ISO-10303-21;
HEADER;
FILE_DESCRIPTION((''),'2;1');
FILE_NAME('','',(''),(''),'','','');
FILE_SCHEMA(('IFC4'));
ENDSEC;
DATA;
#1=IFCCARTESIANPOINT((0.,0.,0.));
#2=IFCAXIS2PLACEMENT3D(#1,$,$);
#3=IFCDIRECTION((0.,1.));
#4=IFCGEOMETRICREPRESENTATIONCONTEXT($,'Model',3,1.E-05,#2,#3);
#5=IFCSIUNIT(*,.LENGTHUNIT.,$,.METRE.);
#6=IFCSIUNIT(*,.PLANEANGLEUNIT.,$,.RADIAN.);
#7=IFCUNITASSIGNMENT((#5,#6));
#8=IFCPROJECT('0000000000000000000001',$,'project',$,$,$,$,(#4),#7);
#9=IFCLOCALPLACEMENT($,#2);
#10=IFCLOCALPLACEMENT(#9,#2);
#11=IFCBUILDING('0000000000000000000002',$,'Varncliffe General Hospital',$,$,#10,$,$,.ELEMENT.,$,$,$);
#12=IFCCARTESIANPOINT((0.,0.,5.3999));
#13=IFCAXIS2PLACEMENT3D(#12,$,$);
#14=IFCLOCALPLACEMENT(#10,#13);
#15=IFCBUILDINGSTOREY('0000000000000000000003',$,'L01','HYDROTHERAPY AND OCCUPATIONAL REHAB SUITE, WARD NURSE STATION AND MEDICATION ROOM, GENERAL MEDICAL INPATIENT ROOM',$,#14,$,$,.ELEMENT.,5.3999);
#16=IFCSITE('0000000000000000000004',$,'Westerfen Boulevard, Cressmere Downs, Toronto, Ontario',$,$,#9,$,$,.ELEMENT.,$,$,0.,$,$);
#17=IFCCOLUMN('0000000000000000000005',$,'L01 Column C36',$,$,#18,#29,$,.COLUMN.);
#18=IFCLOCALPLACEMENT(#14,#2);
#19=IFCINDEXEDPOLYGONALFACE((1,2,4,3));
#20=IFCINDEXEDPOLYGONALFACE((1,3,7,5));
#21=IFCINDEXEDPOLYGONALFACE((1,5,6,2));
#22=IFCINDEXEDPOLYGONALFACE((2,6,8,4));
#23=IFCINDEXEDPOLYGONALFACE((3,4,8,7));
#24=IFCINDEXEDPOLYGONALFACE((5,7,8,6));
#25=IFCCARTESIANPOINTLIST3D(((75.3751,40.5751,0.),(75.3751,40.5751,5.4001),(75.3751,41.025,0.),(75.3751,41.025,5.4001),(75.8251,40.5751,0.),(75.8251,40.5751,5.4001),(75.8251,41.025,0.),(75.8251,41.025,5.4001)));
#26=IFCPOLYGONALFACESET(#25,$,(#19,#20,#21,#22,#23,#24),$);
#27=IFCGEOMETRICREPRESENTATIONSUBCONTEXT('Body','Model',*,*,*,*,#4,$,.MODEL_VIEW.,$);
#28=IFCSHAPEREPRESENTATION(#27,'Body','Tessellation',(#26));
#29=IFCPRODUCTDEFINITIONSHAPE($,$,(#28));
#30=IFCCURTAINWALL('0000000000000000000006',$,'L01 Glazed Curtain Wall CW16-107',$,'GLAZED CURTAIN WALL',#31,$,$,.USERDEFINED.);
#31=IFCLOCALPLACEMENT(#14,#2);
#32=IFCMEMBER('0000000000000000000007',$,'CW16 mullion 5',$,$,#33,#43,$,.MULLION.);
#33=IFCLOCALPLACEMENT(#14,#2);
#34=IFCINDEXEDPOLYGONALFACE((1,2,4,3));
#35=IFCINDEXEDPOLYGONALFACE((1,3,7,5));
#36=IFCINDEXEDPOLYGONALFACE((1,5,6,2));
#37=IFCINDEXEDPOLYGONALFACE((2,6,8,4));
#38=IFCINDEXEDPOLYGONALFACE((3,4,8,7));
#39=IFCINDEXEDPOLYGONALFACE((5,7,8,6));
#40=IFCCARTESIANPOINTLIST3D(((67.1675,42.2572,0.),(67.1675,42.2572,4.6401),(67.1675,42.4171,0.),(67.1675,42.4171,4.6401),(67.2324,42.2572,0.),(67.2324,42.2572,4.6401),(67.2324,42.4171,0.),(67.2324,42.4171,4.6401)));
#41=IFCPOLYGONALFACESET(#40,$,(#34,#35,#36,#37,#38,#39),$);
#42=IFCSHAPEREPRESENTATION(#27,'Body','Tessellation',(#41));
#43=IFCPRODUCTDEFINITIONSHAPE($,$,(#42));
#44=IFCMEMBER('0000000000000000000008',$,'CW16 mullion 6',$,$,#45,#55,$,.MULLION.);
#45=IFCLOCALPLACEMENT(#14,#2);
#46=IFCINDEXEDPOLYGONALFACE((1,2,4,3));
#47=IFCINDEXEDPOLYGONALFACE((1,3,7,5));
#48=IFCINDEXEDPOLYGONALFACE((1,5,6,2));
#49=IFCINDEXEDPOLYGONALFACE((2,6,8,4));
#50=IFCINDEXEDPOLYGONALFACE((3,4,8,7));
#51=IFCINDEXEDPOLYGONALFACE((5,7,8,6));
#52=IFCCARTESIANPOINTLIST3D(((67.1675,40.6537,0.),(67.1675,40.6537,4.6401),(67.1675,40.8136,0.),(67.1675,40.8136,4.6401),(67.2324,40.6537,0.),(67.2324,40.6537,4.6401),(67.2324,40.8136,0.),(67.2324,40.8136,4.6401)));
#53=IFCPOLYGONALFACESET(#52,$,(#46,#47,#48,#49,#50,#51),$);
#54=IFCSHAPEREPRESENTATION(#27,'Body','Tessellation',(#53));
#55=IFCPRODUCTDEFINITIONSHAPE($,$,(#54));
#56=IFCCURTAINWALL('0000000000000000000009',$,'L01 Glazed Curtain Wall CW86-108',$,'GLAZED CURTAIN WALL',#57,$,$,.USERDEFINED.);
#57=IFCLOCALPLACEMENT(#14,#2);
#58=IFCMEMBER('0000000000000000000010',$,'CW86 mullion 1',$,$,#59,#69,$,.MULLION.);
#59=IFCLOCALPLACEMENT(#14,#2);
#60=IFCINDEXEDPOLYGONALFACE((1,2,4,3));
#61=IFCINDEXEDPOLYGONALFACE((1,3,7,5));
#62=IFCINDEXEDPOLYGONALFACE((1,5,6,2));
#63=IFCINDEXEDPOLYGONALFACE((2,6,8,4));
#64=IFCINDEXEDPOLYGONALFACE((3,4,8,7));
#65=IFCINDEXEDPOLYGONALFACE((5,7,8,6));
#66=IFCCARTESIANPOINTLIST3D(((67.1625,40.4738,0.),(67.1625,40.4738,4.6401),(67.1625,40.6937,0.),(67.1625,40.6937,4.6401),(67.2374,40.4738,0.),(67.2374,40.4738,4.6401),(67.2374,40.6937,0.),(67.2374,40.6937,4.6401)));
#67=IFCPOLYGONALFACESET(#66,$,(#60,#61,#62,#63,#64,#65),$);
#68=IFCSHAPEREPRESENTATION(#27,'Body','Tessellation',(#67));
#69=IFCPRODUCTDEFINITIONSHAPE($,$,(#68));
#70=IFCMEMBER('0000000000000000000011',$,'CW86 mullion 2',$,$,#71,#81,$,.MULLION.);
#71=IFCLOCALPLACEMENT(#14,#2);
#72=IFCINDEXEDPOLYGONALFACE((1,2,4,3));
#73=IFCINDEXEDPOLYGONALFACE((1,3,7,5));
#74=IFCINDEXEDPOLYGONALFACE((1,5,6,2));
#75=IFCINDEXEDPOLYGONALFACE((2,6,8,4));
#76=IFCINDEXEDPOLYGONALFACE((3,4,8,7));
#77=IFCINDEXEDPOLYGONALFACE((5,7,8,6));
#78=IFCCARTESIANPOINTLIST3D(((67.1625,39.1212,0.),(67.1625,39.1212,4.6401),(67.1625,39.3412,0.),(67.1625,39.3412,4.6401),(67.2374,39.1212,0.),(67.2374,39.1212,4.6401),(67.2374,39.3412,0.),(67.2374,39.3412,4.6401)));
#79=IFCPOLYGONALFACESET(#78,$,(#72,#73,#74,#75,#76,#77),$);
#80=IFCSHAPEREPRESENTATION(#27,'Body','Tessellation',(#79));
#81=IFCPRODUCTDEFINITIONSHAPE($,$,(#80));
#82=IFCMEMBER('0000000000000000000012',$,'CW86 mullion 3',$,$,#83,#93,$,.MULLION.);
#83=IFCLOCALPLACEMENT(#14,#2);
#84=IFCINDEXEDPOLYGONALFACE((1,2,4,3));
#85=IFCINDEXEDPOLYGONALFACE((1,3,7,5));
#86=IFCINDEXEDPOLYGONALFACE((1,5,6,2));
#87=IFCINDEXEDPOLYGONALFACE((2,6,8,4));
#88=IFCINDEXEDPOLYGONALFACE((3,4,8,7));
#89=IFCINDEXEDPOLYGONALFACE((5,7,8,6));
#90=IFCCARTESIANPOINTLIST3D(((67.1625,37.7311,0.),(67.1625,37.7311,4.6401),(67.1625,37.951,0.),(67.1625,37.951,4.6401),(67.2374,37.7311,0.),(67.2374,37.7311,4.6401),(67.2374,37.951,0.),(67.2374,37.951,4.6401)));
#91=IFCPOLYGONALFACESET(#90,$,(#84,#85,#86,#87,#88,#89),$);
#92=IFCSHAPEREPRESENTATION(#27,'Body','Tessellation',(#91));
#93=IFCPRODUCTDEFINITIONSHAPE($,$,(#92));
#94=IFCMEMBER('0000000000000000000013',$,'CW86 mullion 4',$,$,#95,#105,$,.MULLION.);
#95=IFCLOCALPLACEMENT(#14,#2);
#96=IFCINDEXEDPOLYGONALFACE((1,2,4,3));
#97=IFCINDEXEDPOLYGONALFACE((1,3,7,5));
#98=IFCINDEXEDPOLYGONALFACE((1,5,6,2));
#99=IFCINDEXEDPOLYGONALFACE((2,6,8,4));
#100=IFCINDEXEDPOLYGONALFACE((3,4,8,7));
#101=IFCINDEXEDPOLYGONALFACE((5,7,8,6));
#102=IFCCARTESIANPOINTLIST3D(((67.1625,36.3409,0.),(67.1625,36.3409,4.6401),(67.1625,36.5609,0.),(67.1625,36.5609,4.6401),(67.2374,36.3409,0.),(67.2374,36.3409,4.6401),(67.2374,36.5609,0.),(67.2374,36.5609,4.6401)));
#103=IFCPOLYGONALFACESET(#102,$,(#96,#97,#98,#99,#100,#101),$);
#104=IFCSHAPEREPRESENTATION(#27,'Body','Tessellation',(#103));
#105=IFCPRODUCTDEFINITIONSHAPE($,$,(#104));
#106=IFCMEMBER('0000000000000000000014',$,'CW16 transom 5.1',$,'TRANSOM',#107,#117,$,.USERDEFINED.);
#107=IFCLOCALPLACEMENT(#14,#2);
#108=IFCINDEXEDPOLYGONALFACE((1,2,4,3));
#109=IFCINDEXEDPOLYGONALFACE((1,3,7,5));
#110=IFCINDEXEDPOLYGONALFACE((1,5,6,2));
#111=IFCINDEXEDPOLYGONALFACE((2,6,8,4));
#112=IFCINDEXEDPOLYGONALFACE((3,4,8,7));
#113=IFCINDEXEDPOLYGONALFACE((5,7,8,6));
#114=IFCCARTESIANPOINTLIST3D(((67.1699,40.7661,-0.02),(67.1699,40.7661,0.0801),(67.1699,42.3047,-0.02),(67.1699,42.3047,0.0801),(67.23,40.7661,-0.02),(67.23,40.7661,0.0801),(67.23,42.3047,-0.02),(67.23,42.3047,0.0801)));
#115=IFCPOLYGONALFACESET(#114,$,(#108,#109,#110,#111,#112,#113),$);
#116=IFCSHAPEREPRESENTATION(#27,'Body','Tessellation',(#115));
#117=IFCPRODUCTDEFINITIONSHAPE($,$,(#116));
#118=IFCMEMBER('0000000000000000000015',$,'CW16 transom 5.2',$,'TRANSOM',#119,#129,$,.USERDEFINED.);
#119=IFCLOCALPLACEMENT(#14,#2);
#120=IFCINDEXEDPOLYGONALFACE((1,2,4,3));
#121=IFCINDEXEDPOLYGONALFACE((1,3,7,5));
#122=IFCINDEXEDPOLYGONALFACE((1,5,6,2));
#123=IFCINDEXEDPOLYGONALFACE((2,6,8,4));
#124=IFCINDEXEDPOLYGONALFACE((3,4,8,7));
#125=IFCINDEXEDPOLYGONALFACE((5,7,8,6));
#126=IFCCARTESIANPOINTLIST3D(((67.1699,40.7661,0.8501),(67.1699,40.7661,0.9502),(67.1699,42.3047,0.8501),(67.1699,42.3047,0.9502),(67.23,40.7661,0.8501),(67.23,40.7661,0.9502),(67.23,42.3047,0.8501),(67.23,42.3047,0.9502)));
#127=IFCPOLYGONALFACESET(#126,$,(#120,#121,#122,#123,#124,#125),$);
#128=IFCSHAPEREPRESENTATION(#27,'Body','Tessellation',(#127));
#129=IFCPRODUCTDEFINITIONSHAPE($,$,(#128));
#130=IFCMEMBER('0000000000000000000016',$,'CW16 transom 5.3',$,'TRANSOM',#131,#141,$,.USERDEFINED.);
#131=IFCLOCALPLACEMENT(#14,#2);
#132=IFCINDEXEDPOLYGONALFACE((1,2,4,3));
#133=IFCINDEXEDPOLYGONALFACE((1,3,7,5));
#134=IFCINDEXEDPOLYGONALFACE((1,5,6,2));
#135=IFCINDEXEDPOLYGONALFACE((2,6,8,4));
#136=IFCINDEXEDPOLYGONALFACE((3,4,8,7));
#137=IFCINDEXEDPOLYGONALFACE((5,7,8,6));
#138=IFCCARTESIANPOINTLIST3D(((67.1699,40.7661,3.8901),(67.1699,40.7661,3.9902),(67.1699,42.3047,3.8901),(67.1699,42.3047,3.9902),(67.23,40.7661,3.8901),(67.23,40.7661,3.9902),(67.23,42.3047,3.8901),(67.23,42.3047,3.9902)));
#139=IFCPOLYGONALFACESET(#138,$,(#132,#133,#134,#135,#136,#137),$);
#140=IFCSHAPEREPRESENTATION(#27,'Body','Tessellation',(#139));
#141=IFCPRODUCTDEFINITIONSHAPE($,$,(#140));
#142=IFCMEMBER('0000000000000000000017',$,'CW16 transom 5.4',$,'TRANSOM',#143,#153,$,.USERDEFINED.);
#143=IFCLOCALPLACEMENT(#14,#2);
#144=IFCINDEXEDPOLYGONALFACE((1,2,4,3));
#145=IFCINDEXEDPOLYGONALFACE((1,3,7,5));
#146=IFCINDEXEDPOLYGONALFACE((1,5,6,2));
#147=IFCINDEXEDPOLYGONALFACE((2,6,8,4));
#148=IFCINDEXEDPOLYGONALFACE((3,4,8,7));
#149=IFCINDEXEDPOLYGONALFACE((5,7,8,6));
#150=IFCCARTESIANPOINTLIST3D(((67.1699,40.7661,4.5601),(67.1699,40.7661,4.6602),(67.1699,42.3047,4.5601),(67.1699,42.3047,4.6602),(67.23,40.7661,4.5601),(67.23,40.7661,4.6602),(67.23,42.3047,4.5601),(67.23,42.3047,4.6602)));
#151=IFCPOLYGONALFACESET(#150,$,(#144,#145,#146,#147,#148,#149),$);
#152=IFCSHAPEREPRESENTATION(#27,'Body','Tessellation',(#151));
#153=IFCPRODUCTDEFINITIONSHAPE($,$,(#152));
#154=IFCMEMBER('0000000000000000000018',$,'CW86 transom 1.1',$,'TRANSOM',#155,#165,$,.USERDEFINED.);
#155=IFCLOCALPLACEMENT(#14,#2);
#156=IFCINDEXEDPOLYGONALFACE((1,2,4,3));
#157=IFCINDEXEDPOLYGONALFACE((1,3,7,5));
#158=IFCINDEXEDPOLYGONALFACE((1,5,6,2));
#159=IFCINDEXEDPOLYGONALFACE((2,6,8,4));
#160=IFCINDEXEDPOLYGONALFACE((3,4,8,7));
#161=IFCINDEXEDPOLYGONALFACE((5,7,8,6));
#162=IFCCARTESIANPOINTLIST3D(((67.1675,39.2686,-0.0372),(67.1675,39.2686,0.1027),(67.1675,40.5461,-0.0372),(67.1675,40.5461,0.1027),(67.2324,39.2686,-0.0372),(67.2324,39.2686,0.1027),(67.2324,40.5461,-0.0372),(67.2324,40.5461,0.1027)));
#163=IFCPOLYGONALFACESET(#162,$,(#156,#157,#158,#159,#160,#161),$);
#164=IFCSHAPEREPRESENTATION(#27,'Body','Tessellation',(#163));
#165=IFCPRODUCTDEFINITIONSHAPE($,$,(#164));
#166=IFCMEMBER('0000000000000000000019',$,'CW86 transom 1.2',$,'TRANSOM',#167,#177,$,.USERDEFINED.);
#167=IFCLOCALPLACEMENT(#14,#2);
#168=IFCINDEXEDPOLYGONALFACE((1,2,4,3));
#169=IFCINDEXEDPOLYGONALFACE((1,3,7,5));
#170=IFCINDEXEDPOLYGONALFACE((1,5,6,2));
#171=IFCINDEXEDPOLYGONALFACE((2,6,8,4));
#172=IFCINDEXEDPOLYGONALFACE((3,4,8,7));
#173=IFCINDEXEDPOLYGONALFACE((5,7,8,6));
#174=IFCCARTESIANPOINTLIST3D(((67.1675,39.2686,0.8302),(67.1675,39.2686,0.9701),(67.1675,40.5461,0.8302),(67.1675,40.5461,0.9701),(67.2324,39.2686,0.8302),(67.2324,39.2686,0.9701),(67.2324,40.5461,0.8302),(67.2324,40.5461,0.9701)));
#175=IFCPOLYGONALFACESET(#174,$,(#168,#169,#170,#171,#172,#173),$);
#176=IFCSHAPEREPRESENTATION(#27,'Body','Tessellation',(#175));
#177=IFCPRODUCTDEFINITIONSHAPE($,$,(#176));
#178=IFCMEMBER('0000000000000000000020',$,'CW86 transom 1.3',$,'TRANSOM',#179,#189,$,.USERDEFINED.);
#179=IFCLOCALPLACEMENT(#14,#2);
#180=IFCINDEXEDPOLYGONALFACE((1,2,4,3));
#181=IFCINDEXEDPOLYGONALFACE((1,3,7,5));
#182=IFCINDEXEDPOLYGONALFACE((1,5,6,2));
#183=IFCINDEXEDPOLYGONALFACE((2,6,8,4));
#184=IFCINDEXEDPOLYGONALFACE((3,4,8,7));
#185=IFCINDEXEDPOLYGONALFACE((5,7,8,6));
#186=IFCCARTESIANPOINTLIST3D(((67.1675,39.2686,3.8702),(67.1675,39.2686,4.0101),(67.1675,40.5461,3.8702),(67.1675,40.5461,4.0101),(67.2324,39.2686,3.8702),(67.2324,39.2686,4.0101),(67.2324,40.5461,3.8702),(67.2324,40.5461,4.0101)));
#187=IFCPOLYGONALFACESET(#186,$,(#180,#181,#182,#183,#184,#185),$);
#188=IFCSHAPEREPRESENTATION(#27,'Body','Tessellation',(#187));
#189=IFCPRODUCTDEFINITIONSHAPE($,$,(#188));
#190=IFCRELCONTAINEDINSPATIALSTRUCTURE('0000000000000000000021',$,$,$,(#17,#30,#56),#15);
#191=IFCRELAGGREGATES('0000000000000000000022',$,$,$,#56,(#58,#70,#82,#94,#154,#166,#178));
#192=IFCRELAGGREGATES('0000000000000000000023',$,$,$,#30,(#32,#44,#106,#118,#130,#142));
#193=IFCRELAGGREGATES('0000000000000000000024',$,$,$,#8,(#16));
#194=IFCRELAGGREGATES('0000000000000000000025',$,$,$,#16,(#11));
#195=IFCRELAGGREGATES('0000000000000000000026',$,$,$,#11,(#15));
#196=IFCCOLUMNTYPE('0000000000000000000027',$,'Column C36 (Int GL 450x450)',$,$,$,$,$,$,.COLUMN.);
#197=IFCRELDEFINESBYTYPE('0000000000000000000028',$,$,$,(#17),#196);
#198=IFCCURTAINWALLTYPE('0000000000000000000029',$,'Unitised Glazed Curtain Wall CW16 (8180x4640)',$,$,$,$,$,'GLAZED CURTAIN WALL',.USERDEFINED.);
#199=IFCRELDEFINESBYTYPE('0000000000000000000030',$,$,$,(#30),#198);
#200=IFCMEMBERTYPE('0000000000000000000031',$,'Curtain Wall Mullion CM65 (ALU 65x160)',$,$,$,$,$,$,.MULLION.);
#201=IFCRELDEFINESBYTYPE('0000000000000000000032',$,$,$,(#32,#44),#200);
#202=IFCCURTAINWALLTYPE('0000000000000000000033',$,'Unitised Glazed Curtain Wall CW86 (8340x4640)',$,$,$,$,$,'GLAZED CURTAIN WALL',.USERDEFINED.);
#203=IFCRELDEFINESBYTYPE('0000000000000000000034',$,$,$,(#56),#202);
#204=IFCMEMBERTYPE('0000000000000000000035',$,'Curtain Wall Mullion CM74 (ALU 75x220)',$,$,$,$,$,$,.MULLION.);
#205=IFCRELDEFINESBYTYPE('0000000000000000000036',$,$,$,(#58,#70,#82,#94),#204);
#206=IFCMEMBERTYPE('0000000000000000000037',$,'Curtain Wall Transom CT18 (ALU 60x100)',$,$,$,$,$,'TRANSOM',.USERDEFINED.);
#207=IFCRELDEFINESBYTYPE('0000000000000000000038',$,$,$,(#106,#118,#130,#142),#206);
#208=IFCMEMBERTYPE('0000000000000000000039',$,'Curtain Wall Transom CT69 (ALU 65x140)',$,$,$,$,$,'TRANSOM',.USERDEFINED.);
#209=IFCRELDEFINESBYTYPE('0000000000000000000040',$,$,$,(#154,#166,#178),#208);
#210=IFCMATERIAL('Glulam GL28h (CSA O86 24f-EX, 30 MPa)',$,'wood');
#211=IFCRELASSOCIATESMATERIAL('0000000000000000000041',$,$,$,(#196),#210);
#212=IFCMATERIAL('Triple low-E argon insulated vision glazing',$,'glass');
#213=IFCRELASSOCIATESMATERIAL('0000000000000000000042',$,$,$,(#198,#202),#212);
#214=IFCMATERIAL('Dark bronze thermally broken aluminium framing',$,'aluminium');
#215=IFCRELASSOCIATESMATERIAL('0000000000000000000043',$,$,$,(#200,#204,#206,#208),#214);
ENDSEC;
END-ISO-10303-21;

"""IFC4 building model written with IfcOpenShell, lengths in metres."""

from ifc_helpers import new_model, si_unit, direction, frame, origin, origin_2d, place, context, subcontext, project, spatial, rectangle, extrude, material, material_profile, profile_set, type_object, element, aggregate, save


model = new_model("IFC4")

# Units and contexts
model_context = context("Model", 3, precision=1e-05, world=origin(), true_north=direction((0.0, 1.0)))
body_context = subcontext(model_context, "Body", "Model", "MODEL_VIEW")
ifc_project = project(units=[si_unit("LENGTHUNIT", "METRE"), si_unit("PLANEANGLEUNIT", "RADIAN")], contexts=[model_context])

# Site, building, storey
site_placement = place(None, origin())
site = spatial("IfcSite", under=ifc_project, at=site_placement, Name="Westerfen Boulevard, Cressmere Downs, Toronto, Ontario", CompositionType="ELEMENT", RefElevation=0.0)
building_placement = place(site_placement, origin())
building = spatial("IfcBuilding", under=site, at=building_placement, Name="Varncliffe General Hospital", CompositionType="ELEMENT")
storey_placement = place(building_placement, frame((0.0, 0.0, 5.3999)))
storey = spatial("IfcBuildingStorey", under=building, at=storey_placement, Name="L01", Description="HYDROTHERAPY AND OCCUPATIONAL REHAB SUITE, WARD NURSE STATION AND MEDICATION ROOM, GENERAL MEDICAL INPATIENT ROOM", CompositionType="ELEMENT", Elevation=5.3999)

# Column
ifc_material_1 = material(Name="Glulam GL28h (CSA O86 24f-EX, 30 MPa)", Category="wood")
ifc_material_profile_1 = material_profile(ifc_material_1, rectangle(XDim=0.45, YDim=0.45, at=origin_2d()), Name="GL 450x450")
ifc_profile_set_1 = profile_set([ifc_material_profile_1], Name="Glulam GL28h (CSA O86 24f-EX, 30 MPa)")
column_type = type_object("IfcColumnType", Name="Column C36 (Int GL 450x450)", PredefinedType="COLUMN", material=ifc_profile_set_1)
column_placement = place(storey_placement, frame((75.6001, 40.8, 0.0), z_axis=(0.0, 0.0, 1.0), x_axis=(1.0, 0.0, 0.0)))
element("IfcColumn", 1, at=column_placement, inside=storey, type_object=column_type, Name="L01 Column C36", PredefinedType="COLUMN", context=body_context, shape_type="SweptSolid", body=[
    extrude(rectangle(XDim=0.45, YDim=0.45, at=origin_2d()), origin(), (0.0, 0.0, 1.0), 5.4001),
])

# Curtain walls, members
ifc_material_2 = material(Name="Triple low-E argon insulated vision glazing", Category="glass")
curtain_wall_type_1 = type_object("IfcCurtainWallType", Name="Unitised Glazed Curtain Wall CW16 (8180x4640)", ElementType="GLAZED CURTAIN WALL", PredefinedType="USERDEFINED", material=ifc_material_2)
curtain_wall_1_placement = place(storey_placement, origin())
curtain_wall_1 = element("IfcCurtainWall", 2, at=curtain_wall_1_placement, inside=storey, type_object=curtain_wall_type_1, Name="L01 Glazed Curtain Wall CW16-107", ObjectType="GLAZED CURTAIN WALL", PredefinedType="USERDEFINED")
ifc_material_3 = material(Name="Dark bronze thermally broken aluminium framing", Category="aluminium")
ifc_material_profile_2 = material_profile(ifc_material_3, rectangle(XDim=0.0649, YDim=0.1599, at=origin_2d()), Name="ALU 65x160")
ifc_profile_set_2 = profile_set([ifc_material_profile_2], Name="Dark bronze thermally broken aluminium framing")
member_type_1 = type_object("IfcMemberType", Name="Curtain Wall Mullion CM65 (ALU 65x160)", PredefinedType="MULLION", material=ifc_profile_set_2)
member_1_placement = place(storey_placement, frame((67.2, 42.3372, 0.0), z_axis=(0.0, 0.0, 1.0), x_axis=(1.0, 0.0, 0.0)))
member_1 = element("IfcMember", 3, at=member_1_placement, type_object=member_type_1, Name="CW16 mullion 5", PredefinedType="MULLION", context=body_context, shape_type="SweptSolid", body=[
    extrude(rectangle(XDim=0.0649, YDim=0.1599, at=origin_2d()), origin(), (0.0, 0.0, 1.0), 4.6401),
])
member_2_placement = place(storey_placement, frame((67.2, 40.7336, 0.0), z_axis=(0.0, 0.0, 1.0), x_axis=(1.0, 0.0, 0.0)))
member_2 = element("IfcMember", 4, at=member_2_placement, type_object=member_type_1, Name="CW16 mullion 6", PredefinedType="MULLION", context=body_context, shape_type="SweptSolid", body=[
    extrude(rectangle(XDim=0.0649, YDim=0.1599, at=origin_2d()), origin(), (0.0, 0.0, 1.0), 4.6401),
])
curtain_wall_type_2 = type_object("IfcCurtainWallType", Name="Unitised Glazed Curtain Wall CW86 (8340x4640)", ElementType="GLAZED CURTAIN WALL", PredefinedType="USERDEFINED", material=ifc_material_2)
curtain_wall_2_placement = place(storey_placement, origin())
curtain_wall_2 = element("IfcCurtainWall", 5, at=curtain_wall_2_placement, inside=storey, type_object=curtain_wall_type_2, Name="L01 Glazed Curtain Wall CW86-108", ObjectType="GLAZED CURTAIN WALL", PredefinedType="USERDEFINED")
ifc_material_profile_3 = material_profile(ifc_material_3, rectangle(XDim=0.075, YDim=0.22, at=origin_2d()), Name="ALU 75x220")
ifc_profile_set_3 = profile_set([ifc_material_profile_3], Name="Dark bronze thermally broken aluminium framing")
member_type_2 = type_object("IfcMemberType", Name="Curtain Wall Mullion CM74 (ALU 75x220)", PredefinedType="MULLION", material=ifc_profile_set_3)
member_3_placement = place(storey_placement, frame((67.2, 40.5837, 0.0), z_axis=(0.0, 0.0, 1.0), x_axis=(1.0, 0.0, 0.0)))
member_3 = element("IfcMember", 6, at=member_3_placement, type_object=member_type_2, Name="CW86 mullion 1", PredefinedType="MULLION", context=body_context, shape_type="SweptSolid", body=[
    extrude(rectangle(XDim=0.075, YDim=0.22, at=origin_2d()), origin(), (0.0, 0.0, 1.0), 4.6401),
])
member_4_placement = place(storey_placement, frame((67.2, 39.2312, 0.0), z_axis=(0.0, 0.0, 1.0), x_axis=(1.0, 0.0, 0.0)))
member_4 = element("IfcMember", 7, at=member_4_placement, type_object=member_type_2, Name="CW86 mullion 2", PredefinedType="MULLION", context=body_context, shape_type="SweptSolid", body=[
    extrude(rectangle(XDim=0.075, YDim=0.22, at=origin_2d()), origin(), (0.0, 0.0, 1.0), 4.6401),
])
member_5_placement = place(storey_placement, frame((67.2, 37.8411, 0.0), z_axis=(0.0, 0.0, 1.0), x_axis=(1.0, 0.0, 0.0)))
member_5 = element("IfcMember", 8, at=member_5_placement, type_object=member_type_2, Name="CW86 mullion 3", PredefinedType="MULLION", context=body_context, shape_type="SweptSolid", body=[
    extrude(rectangle(XDim=0.075, YDim=0.22, at=origin_2d()), origin(), (0.0, 0.0, 1.0), 4.6401),
])
member_6_placement = place(storey_placement, frame((67.2, 36.4509, 0.0), z_axis=(0.0, 0.0, 1.0), x_axis=(1.0, 0.0, 0.0)))
member_6 = element("IfcMember", 9, at=member_6_placement, type_object=member_type_2, Name="CW86 mullion 4", PredefinedType="MULLION", context=body_context, shape_type="SweptSolid", body=[
    extrude(rectangle(XDim=0.075, YDim=0.22, at=origin_2d()), origin(), (0.0, 0.0, 1.0), 4.6401),
])

# Members
ifc_material_profile_4 = material_profile(ifc_material_3, rectangle(XDim=0.0601, YDim=0.1001, at=origin_2d()), Name="ALU 60x100")
ifc_profile_set_4 = profile_set([ifc_material_profile_4], Name="Dark bronze thermally broken aluminium framing")
member_type_3 = type_object("IfcMemberType", Name="Curtain Wall Transom CT18 (ALU 60x100)", ElementType="TRANSOM", PredefinedType="USERDEFINED", material=ifc_profile_set_4)
member_7_placement = place(storey_placement, frame((67.2, 42.3047, 0.03), z_axis=(0.0, -1.0, 0.0), x_axis=(1.0, 0.0, 0.0)))
member_7 = element("IfcMember", 10, at=member_7_placement, type_object=member_type_3, Name="CW16 transom 5.1", ObjectType="TRANSOM", PredefinedType="USERDEFINED", context=body_context, shape_type="SweptSolid", body=[
    extrude(rectangle(XDim=0.0601, YDim=0.1001, at=origin_2d()), origin(), (0.0, 0.0, 1.0), 1.5386),
])
member_8_placement = place(storey_placement, frame((67.2, 42.3047, 0.9001), z_axis=(0.0, -1.0, 0.0), x_axis=(1.0, 0.0, 0.0)))
member_8 = element("IfcMember", 11, at=member_8_placement, type_object=member_type_3, Name="CW16 transom 5.2", ObjectType="TRANSOM", PredefinedType="USERDEFINED", context=body_context, shape_type="SweptSolid", body=[
    extrude(rectangle(XDim=0.0601, YDim=0.1001, at=origin_2d()), origin(), (0.0, 0.0, 1.0), 1.5386),
])
member_9_placement = place(storey_placement, frame((67.2, 42.3047, 3.9402), z_axis=(0.0, -1.0, 0.0), x_axis=(1.0, 0.0, 0.0)))
member_9 = element("IfcMember", 12, at=member_9_placement, type_object=member_type_3, Name="CW16 transom 5.3", ObjectType="TRANSOM", PredefinedType="USERDEFINED", context=body_context, shape_type="SweptSolid", body=[
    extrude(rectangle(XDim=0.0601, YDim=0.1001, at=origin_2d()), origin(), (0.0, 0.0, 1.0), 1.5386),
])
member_10_placement = place(storey_placement, frame((67.2, 42.3047, 4.6101), z_axis=(0.0, -1.0, 0.0), x_axis=(1.0, 0.0, 0.0)))
member_10 = element("IfcMember", 13, at=member_10_placement, type_object=member_type_3, Name="CW16 transom 5.4", ObjectType="TRANSOM", PredefinedType="USERDEFINED", context=body_context, shape_type="SweptSolid", body=[
    extrude(rectangle(XDim=0.0601, YDim=0.1001, at=origin_2d()), origin(), (0.0, 0.0, 1.0), 1.5386),
])
ifc_material_profile_5 = material_profile(ifc_material_3, rectangle(XDim=0.0649, YDim=0.1399, at=origin_2d()), Name="ALU 65x140")
ifc_profile_set_5 = profile_set([ifc_material_profile_5], Name="Dark bronze thermally broken aluminium framing")
member_type_4 = type_object("IfcMemberType", Name="Curtain Wall Transom CT69 (ALU 65x140)", ElementType="TRANSOM", PredefinedType="USERDEFINED", material=ifc_profile_set_5)
member_11_placement = place(storey_placement, frame((67.2, 40.5461, 0.0327), z_axis=(0.0, -1.0, 0.0), x_axis=(1.0, 0.0, 0.0)))
member_11 = element("IfcMember", 14, at=member_11_placement, type_object=member_type_4, Name="CW86 transom 1.1", ObjectType="TRANSOM", PredefinedType="USERDEFINED", context=body_context, shape_type="SweptSolid", body=[
    extrude(rectangle(XDim=0.0649, YDim=0.1399, at=origin_2d()), origin(), (0.0, 0.0, 1.0), 1.2776),
])
member_12_placement = place(storey_placement, frame((67.2, 40.5461, 0.9001), z_axis=(0.0, -1.0, 0.0), x_axis=(1.0, 0.0, 0.0)))
member_12 = element("IfcMember", 15, at=member_12_placement, type_object=member_type_4, Name="CW86 transom 1.2", ObjectType="TRANSOM", PredefinedType="USERDEFINED", context=body_context, shape_type="SweptSolid", body=[
    extrude(rectangle(XDim=0.0649, YDim=0.1399, at=origin_2d()), origin(), (0.0, 0.0, 1.0), 1.2776),
])
member_13_placement = place(storey_placement, frame((67.2, 40.5461, 3.9402), z_axis=(0.0, -1.0, 0.0), x_axis=(1.0, 0.0, 0.0)))
member_13 = element("IfcMember", 16, at=member_13_placement, type_object=member_type_4, Name="CW86 transom 1.3", ObjectType="TRANSOM", PredefinedType="USERDEFINED", context=body_context, shape_type="SweptSolid", body=[
    extrude(rectangle(XDim=0.0649, YDim=0.1399, at=origin_2d()), origin(), (0.0, 0.0, 1.0), 1.2776),
])

aggregate(curtain_wall_2, [member_3, member_4, member_5, member_6, member_11, member_12, member_13])
aggregate(curtain_wall_1, [member_1, member_2, member_7, member_8, member_9, member_10])

save(model, "model.ifc")
